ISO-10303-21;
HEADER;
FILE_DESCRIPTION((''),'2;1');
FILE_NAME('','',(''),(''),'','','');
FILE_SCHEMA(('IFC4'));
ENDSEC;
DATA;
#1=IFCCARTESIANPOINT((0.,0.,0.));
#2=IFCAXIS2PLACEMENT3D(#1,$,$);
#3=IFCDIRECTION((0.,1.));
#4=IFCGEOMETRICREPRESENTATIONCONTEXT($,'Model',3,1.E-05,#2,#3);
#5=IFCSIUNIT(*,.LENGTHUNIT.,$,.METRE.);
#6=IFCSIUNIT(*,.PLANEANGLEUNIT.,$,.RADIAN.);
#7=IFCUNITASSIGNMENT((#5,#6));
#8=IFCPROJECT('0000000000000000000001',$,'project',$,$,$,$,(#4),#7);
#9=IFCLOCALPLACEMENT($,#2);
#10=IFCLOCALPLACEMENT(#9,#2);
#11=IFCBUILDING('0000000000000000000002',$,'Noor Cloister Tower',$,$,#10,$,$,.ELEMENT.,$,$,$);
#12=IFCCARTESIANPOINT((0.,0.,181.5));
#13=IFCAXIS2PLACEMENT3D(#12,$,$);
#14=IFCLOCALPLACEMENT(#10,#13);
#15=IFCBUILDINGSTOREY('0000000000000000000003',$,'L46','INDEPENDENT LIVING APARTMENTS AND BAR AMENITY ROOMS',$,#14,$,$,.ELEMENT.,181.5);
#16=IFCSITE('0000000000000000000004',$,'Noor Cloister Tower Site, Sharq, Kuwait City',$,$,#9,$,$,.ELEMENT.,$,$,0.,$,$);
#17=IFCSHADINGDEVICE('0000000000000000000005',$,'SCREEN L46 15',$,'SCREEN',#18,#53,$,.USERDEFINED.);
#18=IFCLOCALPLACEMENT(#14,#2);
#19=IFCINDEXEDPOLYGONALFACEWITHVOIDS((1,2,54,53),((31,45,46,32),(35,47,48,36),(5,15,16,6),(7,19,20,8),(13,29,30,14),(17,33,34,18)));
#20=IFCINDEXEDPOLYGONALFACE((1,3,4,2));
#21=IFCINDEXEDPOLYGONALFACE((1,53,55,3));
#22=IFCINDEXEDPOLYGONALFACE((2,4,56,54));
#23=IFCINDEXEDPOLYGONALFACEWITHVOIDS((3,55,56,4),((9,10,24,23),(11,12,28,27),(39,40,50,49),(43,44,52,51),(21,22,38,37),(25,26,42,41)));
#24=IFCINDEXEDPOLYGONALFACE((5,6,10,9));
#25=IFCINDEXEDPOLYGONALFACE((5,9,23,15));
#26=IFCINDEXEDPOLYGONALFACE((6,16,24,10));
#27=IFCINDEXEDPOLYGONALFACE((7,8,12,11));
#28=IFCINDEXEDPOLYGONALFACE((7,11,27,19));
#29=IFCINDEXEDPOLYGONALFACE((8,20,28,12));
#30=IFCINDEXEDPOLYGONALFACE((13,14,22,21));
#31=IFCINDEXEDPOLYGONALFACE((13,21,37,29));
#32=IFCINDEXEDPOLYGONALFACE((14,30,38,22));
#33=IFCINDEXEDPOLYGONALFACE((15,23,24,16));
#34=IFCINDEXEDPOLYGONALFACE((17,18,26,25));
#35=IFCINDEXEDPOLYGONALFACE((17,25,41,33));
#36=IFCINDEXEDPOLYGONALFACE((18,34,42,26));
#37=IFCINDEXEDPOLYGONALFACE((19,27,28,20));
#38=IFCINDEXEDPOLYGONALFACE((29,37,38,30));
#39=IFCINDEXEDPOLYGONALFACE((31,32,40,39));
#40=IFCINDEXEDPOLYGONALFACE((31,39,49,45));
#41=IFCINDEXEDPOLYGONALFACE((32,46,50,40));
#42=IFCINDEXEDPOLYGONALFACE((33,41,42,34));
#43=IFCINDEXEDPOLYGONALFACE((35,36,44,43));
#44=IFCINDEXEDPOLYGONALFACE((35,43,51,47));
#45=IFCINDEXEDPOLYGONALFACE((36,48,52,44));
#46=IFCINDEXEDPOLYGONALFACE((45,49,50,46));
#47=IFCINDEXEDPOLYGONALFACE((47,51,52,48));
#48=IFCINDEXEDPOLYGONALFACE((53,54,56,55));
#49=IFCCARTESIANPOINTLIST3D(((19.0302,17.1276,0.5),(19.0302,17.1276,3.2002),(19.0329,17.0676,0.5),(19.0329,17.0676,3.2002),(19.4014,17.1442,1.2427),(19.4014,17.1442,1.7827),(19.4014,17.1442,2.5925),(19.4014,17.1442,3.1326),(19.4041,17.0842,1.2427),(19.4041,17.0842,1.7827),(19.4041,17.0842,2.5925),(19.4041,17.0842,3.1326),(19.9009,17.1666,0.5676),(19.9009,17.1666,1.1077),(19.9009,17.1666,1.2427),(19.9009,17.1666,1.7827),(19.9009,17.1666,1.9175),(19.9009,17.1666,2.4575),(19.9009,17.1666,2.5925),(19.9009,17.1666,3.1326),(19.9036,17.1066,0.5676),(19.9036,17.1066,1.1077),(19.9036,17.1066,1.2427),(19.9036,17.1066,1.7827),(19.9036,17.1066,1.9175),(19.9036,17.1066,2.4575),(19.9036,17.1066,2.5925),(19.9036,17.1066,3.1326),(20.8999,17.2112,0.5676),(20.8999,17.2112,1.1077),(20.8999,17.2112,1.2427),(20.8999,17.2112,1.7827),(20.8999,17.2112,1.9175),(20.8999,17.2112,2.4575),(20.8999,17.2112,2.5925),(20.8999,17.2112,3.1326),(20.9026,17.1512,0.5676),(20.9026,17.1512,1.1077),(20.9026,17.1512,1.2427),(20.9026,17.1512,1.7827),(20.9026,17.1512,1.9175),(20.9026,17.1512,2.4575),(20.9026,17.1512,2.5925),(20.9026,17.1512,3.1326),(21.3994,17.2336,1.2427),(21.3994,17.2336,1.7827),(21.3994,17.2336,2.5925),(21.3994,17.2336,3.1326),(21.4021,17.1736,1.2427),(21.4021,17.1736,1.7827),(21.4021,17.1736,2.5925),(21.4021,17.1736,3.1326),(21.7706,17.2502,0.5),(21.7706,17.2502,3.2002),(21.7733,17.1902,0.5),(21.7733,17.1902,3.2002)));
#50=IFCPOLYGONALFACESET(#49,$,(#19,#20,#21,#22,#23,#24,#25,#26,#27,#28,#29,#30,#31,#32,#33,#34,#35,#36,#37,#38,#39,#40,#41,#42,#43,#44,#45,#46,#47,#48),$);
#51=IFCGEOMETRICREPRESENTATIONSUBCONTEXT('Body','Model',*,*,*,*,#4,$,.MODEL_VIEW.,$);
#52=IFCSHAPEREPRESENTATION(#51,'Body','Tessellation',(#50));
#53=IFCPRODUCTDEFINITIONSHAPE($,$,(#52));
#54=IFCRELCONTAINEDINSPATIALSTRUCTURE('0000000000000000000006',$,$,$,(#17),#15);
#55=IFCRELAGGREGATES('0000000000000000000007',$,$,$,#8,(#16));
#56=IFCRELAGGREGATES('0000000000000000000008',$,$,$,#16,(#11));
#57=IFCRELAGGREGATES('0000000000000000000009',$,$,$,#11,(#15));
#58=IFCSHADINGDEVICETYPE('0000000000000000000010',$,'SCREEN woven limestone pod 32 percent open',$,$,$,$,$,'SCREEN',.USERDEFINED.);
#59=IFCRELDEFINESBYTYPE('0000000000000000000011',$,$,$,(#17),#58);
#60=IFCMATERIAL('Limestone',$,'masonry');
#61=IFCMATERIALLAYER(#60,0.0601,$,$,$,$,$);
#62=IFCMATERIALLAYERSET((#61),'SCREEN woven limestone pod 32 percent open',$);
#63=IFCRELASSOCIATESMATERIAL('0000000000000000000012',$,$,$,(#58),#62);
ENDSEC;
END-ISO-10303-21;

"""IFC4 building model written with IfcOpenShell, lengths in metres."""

from ifc_helpers import new_model, si_unit, direction, frame, origin, place, context, subcontext, project, spatial, polyline, outline, extrude, material, layer, layer_set, type_object, element, save


model = new_model("IFC4")

# Units and contexts
model_context = context("Model", 3, precision=1e-05, world=origin(), true_north=direction((0.0, 1.0)))
body_context = subcontext(model_context, "Body", "Model", "MODEL_VIEW")
ifc_project = project(units=[si_unit("LENGTHUNIT", "METRE"), si_unit("PLANEANGLEUNIT", "RADIAN")], contexts=[model_context])

# Site, building, storey
site_placement = place(None, origin())
site = spatial("IfcSite", under=ifc_project, at=site_placement, Name="Noor Cloister Tower Site, Sharq, Kuwait City", CompositionType="ELEMENT", RefElevation=0.0)
building_placement = place(site_placement, origin())
building = spatial("IfcBuilding", under=site, at=building_placement, Name="Noor Cloister Tower", CompositionType="ELEMENT")
storey_placement = place(building_placement, frame((0.0, 0.0, 181.5)))
storey = spatial("IfcBuildingStorey", under=building, at=storey_placement, Name="L46", Description="INDEPENDENT LIVING APARTMENTS AND BAR AMENITY ROOMS", CompositionType="ELEMENT", Elevation=181.5)

# Shading device
ifc_material_1 = material(Name="Limestone", Category="masonry")
ifc_layer_1 = layer(ifc_material_1, 0.0601)
ifc_layer_set_1 = layer_set([ifc_layer_1], Name="SCREEN woven limestone pod 32 percent open")
shading_device_type = type_object("IfcShadingDeviceType", Name="SCREEN woven limestone pod 32 percent open", ElementType="SCREEN", PredefinedType="USERDEFINED", material=ifc_layer_set_1)
shading_device_1_placement = place(storey_placement, frame((20.4031, 17.1289, 1.8501), z_axis=(-0.044671, 0.999002, 0.0), x_axis=(-0.999002, -0.044671, 0.0)))
element("IfcShadingDevice", 1, at=shading_device_1_placement, inside=storey, type_object=shading_device_type, Name="SCREEN L46 15", ObjectType="SCREEN", PredefinedType="USERDEFINED", context=body_context, shape_type="SweptSolid", body=[
    extrude(outline(polyline([(-1.3716, -1.3501), (1.3716, -1.3501), (1.3716, 1.3501), (-1.3716, 1.3501), (-1.3716, -1.3501)]), holes=[polyline([(-0.5, -1.2825), (0.5, -1.2825), (0.5, -0.7424), (-0.5, -0.7424), (-0.5, -1.2825)]), polyline([(-1.0, -0.6074), (-0.5, -0.6074), (-0.5, -0.0674), (-1.0, -0.0674), (-1.0, -0.6074)]), polyline([(0.5, -0.6074), (1.0, -0.6074), (1.0, -0.0674), (0.5, -0.0674), (0.5, -0.6074)]), polyline([(-0.5, 0.0674), (0.5, 0.0674), (0.5, 0.6074), (-0.5, 0.6074), (-0.5, 0.0674)]), polyline([(-1.0, 0.7424), (-0.5, 0.7424), (-0.5, 1.2825), (-1.0, 1.2825), (-1.0, 0.7424)]), polyline([(0.5, 0.7424), (1.0, 0.7424), (1.0, 1.2825), (0.5, 1.2825), (0.5, 0.7424)])]), origin(), (0.0, 0.0, 1.0), 0.0601),
])

save(model, "model.ifc")
